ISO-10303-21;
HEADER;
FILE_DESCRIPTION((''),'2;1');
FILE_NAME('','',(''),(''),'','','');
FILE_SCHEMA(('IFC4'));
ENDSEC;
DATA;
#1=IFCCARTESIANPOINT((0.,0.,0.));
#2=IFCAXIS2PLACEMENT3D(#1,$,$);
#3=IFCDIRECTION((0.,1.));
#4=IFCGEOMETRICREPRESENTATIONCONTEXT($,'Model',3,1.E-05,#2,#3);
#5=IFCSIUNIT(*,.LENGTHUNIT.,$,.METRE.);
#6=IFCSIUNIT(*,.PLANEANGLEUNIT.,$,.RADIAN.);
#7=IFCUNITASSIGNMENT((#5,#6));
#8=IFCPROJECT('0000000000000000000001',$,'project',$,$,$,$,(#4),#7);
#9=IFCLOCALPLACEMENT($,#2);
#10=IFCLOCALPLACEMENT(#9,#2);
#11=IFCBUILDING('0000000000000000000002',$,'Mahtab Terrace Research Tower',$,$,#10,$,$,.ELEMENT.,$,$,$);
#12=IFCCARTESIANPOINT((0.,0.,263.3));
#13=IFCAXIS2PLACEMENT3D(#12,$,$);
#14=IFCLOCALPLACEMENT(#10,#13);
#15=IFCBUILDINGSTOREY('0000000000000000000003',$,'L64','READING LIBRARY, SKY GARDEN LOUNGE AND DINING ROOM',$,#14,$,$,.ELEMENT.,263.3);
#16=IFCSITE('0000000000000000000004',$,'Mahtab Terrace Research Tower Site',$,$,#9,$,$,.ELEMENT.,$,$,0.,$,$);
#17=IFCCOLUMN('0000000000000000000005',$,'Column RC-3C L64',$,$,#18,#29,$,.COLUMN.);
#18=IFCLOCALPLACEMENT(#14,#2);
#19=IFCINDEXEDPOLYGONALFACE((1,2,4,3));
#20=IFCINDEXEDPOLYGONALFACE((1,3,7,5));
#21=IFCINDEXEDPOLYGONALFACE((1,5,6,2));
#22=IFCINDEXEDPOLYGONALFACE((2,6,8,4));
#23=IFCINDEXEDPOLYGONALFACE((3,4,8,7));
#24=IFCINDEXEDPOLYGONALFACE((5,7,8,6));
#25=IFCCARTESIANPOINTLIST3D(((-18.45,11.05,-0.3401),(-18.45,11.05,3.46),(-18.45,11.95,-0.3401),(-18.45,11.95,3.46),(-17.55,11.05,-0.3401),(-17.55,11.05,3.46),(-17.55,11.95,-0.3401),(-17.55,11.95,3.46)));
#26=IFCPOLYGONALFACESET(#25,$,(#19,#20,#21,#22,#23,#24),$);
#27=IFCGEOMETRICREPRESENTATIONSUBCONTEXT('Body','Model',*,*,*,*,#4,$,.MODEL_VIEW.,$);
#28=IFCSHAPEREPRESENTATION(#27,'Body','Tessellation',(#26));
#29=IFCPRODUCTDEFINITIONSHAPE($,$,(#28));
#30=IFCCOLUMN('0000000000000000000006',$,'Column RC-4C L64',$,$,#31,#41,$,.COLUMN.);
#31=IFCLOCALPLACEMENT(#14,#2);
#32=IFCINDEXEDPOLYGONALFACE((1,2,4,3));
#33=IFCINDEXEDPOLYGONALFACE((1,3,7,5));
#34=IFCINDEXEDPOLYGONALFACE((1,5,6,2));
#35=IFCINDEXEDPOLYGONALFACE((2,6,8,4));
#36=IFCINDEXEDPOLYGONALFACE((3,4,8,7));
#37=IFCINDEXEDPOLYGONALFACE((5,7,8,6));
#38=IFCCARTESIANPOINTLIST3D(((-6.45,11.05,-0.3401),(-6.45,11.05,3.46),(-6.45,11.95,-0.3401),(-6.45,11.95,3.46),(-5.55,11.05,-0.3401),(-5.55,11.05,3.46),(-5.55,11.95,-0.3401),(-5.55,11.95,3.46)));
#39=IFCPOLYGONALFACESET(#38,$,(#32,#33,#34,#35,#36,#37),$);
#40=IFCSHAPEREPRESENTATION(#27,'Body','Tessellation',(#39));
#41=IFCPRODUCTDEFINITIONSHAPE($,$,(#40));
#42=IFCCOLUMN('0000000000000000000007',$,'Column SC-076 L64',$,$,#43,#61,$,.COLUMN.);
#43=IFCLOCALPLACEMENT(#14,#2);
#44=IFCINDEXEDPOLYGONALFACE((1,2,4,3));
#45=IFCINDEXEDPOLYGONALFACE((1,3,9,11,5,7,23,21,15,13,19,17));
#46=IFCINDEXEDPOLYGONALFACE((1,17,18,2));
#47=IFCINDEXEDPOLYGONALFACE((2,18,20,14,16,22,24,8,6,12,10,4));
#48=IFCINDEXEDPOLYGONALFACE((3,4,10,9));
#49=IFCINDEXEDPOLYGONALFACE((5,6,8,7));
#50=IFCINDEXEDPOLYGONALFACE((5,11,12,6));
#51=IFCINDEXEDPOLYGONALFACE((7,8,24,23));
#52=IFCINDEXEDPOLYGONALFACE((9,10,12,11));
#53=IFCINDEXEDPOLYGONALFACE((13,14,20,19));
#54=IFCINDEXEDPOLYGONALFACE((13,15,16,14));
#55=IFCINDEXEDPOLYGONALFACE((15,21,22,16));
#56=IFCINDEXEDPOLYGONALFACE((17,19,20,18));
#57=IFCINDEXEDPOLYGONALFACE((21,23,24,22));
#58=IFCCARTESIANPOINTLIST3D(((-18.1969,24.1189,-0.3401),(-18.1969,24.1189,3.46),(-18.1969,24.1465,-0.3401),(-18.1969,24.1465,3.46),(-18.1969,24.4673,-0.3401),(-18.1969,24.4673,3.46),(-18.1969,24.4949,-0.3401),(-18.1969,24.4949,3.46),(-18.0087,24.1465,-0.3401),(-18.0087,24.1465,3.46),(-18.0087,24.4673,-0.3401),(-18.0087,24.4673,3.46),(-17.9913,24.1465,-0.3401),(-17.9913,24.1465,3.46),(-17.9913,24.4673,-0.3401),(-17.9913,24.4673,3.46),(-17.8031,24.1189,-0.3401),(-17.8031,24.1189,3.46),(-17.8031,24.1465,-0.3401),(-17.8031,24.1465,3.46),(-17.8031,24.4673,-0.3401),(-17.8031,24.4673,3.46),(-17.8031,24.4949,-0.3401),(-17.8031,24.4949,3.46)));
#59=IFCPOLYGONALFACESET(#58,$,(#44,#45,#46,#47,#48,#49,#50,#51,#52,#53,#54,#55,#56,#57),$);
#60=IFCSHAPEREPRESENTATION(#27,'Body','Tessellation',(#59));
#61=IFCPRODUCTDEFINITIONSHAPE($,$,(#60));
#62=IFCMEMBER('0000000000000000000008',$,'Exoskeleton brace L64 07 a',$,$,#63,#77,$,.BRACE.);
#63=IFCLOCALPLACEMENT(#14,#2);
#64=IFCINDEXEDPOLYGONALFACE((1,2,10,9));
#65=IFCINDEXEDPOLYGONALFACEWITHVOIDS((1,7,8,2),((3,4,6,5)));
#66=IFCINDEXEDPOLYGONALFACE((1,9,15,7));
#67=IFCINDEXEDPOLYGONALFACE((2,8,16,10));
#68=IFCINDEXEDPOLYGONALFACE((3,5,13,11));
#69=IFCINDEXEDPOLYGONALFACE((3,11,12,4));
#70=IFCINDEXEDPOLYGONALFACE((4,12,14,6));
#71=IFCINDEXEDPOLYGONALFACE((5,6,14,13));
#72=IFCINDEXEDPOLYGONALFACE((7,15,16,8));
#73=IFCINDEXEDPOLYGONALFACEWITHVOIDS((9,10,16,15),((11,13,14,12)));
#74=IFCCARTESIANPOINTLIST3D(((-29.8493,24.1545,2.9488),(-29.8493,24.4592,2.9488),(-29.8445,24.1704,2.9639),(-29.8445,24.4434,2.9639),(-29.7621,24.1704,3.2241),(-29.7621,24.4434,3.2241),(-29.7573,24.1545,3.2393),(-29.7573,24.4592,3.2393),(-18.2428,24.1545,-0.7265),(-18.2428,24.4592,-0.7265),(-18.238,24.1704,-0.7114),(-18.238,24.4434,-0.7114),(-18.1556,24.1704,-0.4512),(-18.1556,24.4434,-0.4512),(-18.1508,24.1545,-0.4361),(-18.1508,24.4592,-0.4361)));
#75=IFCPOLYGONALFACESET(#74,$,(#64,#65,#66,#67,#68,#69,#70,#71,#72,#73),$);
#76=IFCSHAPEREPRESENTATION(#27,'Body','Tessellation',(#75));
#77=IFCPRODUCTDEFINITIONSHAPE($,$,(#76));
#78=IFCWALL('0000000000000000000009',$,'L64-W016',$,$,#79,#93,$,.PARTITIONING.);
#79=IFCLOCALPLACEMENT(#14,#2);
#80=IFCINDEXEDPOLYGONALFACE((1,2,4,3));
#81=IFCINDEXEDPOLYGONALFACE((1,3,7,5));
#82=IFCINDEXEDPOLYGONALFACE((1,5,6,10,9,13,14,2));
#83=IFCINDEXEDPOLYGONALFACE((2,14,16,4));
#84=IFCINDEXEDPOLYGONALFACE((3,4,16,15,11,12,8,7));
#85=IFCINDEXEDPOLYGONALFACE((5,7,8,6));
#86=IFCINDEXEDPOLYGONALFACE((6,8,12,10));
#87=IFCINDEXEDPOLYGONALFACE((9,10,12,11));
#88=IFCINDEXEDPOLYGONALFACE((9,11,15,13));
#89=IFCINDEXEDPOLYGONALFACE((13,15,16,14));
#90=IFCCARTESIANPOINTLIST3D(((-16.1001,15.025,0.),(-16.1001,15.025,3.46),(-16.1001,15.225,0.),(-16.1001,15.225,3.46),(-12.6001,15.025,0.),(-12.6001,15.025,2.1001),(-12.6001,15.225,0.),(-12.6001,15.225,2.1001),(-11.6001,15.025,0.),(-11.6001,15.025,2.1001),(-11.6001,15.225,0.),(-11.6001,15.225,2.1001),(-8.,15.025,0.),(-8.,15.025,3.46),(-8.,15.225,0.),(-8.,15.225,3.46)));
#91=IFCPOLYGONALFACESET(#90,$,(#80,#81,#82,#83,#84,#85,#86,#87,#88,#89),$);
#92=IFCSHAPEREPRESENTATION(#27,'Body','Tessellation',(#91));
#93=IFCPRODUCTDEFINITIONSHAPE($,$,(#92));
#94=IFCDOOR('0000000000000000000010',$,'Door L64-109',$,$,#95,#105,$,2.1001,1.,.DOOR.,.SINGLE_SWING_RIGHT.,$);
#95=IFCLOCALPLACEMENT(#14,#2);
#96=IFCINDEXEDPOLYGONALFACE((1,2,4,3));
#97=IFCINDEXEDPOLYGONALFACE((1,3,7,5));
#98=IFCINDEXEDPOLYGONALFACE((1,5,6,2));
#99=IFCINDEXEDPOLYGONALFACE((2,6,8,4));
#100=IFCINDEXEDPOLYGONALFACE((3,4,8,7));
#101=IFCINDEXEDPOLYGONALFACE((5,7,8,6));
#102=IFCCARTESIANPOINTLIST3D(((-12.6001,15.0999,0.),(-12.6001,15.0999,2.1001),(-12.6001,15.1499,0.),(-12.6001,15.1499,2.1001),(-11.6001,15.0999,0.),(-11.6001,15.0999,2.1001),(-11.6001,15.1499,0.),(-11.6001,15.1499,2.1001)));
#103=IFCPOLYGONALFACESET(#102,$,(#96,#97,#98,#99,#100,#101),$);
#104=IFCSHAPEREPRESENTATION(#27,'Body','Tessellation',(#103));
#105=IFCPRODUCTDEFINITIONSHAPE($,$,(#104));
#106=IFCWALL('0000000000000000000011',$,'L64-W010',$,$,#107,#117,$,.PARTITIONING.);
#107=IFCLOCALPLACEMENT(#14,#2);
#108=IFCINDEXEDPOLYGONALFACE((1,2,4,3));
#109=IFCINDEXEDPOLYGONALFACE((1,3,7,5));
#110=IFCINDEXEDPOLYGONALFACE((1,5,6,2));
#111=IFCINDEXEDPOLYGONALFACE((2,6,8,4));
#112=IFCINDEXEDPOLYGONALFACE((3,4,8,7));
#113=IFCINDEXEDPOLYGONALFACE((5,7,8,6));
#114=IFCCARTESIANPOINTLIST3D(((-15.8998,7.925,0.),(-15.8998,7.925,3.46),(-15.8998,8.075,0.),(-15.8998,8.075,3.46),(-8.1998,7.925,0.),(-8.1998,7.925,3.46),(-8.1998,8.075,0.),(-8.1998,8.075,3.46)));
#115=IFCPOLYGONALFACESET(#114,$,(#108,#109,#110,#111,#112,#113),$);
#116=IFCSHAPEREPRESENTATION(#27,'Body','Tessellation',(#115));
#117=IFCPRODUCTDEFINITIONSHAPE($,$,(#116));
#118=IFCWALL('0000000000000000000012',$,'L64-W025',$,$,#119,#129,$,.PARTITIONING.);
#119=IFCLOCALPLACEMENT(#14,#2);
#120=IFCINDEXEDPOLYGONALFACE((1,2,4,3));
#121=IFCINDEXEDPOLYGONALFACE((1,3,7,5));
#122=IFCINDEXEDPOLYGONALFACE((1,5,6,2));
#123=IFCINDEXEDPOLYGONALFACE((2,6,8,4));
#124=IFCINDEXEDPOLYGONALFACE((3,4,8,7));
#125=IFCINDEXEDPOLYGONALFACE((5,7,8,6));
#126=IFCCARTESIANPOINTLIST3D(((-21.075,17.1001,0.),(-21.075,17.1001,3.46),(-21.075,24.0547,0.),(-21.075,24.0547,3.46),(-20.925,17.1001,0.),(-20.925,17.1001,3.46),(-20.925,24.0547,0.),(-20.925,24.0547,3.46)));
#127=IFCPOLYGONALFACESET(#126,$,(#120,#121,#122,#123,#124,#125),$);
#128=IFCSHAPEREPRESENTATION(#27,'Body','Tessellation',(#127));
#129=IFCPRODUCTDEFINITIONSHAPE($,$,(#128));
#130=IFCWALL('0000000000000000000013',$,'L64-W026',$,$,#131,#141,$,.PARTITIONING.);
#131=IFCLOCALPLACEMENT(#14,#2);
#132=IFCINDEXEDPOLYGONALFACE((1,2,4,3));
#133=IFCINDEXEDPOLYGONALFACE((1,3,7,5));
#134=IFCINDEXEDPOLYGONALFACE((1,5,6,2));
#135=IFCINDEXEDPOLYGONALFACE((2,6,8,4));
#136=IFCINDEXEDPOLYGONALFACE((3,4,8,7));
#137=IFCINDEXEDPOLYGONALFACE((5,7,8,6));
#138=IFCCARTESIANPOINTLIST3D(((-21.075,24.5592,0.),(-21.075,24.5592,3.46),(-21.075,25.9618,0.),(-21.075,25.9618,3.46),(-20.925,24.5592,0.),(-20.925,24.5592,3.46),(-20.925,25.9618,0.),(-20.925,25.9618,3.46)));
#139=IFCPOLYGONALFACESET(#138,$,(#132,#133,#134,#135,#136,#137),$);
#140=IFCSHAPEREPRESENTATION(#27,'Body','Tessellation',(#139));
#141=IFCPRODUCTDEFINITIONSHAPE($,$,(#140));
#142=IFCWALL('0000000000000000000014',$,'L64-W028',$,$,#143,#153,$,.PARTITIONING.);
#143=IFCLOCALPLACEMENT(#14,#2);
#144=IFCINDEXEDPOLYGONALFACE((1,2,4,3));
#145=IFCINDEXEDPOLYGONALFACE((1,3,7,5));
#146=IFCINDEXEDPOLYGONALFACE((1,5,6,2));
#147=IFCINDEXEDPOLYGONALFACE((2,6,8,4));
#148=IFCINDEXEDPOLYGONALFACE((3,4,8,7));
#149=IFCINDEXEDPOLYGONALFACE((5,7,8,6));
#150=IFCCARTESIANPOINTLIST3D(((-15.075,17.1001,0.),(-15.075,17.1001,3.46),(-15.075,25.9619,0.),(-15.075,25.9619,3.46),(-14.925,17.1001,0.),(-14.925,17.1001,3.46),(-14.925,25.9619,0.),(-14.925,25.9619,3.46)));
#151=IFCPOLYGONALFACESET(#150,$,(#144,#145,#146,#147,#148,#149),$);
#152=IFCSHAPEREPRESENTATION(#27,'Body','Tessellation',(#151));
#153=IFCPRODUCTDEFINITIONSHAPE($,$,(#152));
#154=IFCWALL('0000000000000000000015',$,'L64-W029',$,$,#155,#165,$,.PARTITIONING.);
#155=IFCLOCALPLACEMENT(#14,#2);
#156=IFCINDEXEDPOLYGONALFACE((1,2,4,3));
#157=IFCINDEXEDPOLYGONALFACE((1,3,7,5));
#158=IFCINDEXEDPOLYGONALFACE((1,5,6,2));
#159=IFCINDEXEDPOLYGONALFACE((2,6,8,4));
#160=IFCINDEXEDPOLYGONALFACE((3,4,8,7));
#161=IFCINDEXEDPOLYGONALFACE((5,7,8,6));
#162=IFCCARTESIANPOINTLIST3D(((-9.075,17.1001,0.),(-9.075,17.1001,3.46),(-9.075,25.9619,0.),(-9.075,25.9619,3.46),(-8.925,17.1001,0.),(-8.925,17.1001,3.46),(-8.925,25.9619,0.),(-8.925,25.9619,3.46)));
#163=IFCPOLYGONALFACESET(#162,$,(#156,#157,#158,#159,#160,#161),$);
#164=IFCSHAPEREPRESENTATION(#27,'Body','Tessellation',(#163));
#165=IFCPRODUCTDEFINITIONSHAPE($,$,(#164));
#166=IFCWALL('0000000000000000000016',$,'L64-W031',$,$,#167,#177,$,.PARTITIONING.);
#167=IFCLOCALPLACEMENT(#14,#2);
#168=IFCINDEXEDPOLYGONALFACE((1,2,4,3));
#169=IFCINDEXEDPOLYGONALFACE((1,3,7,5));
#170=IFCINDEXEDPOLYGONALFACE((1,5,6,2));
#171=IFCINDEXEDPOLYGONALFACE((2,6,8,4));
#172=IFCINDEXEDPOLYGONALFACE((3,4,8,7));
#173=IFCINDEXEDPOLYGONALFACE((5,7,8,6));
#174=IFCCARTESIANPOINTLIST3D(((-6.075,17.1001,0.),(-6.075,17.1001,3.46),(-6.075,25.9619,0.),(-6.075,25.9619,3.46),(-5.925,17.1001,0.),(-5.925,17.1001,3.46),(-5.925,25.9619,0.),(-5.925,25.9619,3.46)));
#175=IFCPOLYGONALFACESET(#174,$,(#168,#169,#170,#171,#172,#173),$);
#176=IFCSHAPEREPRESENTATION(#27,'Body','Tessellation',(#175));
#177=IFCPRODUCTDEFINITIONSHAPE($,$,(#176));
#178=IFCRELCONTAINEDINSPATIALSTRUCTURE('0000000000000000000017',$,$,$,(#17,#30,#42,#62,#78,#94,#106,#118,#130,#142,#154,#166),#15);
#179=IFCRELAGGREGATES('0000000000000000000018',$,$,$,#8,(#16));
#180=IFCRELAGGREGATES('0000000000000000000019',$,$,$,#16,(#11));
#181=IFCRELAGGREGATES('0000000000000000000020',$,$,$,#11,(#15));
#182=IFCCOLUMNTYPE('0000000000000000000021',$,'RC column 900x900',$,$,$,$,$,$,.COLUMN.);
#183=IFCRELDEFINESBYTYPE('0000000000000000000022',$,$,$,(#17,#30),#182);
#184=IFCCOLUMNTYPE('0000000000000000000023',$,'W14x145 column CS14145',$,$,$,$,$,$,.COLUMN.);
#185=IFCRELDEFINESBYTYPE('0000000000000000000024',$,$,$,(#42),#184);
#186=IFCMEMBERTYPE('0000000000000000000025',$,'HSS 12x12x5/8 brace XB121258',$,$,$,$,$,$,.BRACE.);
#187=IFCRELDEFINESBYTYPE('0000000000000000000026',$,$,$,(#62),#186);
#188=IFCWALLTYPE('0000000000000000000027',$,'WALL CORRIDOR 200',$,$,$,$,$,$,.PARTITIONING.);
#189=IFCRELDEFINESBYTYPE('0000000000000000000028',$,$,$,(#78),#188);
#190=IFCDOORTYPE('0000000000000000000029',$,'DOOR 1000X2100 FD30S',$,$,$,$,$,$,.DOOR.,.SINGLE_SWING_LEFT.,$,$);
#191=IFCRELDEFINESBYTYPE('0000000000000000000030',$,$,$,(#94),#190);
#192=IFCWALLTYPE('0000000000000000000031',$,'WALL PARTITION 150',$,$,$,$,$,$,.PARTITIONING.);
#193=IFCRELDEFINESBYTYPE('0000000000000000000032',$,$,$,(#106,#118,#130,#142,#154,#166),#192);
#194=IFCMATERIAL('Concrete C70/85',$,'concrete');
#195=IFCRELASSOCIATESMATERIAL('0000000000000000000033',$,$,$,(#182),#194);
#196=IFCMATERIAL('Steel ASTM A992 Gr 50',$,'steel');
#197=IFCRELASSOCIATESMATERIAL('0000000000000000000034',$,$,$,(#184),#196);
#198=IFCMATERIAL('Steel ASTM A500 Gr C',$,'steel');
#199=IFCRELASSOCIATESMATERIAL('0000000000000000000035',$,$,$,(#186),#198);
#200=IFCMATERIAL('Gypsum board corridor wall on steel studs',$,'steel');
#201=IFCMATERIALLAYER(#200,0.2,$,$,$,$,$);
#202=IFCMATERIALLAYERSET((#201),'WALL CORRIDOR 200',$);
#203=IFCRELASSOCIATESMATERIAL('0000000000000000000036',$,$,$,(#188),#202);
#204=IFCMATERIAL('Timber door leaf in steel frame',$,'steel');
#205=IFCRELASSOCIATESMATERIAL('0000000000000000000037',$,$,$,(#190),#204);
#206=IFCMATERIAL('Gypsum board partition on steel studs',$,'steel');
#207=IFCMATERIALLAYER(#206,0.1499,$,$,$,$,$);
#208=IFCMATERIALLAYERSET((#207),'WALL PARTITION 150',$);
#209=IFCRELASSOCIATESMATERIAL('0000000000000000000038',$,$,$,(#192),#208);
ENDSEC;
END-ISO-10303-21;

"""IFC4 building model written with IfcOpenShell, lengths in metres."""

from ifc_helpers import new_model, si_unit, direction, frame, frame_2d, origin, origin_2d, place, context, subcontext, project, spatial, rectangle, hollow_rectangle, i_section, extrude, material, layer, layer_set, material_profile, profile_set, type_object, element, fill, save


model = new_model("IFC4")

# Units and contexts
model_context = context("Model", 3, precision=1e-05, world=origin(), true_north=direction((0.0, 1.0)))
body_context = subcontext(model_context, "Body", "Model", "MODEL_VIEW")
ifc_project = project(units=[si_unit("LENGTHUNIT", "METRE"), si_unit("PLANEANGLEUNIT", "RADIAN")], contexts=[model_context])

# Site, building, storey
site_placement = place(None, origin())
site = spatial("IfcSite", under=ifc_project, at=site_placement, Name="Mahtab Terrace Research Tower Site", CompositionType="ELEMENT", RefElevation=0.0)
building_placement = place(site_placement, origin())
building = spatial("IfcBuilding", under=site, at=building_placement, Name="Mahtab Terrace Research Tower", CompositionType="ELEMENT")
storey_placement = place(building_placement, frame((0.0, 0.0, 263.3)))
storey = spatial("IfcBuildingStorey", under=building, at=storey_placement, Name="L64", Description="READING LIBRARY, SKY GARDEN LOUNGE AND DINING ROOM", CompositionType="ELEMENT", Elevation=263.3)

# Columns
ifc_material_1 = material(Name="Concrete C70/85", Category="concrete")
ifc_material_profile_1 = material_profile(ifc_material_1, rectangle(XDim=0.8999, YDim=0.8999, at=origin_2d()), Name="RC column 900x900")
ifc_profile_set_1 = profile_set([ifc_material_profile_1], Name="Concrete C70/85")
column_type_1 = type_object("IfcColumnType", Name="RC column 900x900", PredefinedType="COLUMN", material=ifc_profile_set_1)
for number, where, z_axis, x_axis, name in (
    (1, (-18.0, 11.5, -0.3401), (0.0, 0.0, 1.0), (1.0, 0.0, 0.0), "Column RC-3C L64"),
    (2, (-6.0, 11.5, -0.3401), (0.0, 0.0, 1.0), (1.0, 0.0, 0.0), "Column RC-4C L64"),
):
    element("IfcColumn", number, at=place(storey_placement, frame(where, z_axis=z_axis, x_axis=x_axis)), inside=storey, type_object=column_type_1, Name=name, PredefinedType="COLUMN", context=body_context, shape_type="SweptSolid", body=[
        extrude(rectangle(XDim=0.8999, YDim=0.8999, at=origin_2d()), origin(), (0.0, 0.0, 1.0), 3.8),
    ])
ifc_material_2 = material(Name="Steel ASTM A992 Gr 50", Category="steel")
ifc_material_profile_2 = material_profile(ifc_material_2, i_section(OverallWidth=0.3938, OverallDepth=0.376, WebThickness=0.0173, FlangeThickness=0.0276, at=origin_2d()), Name="W14X145")
ifc_profile_set_2 = profile_set([ifc_material_profile_2], Name="Steel ASTM A992 Gr 50")
column_type_2 = type_object("IfcColumnType", Name="W14x145 column CS14145", PredefinedType="COLUMN", material=ifc_profile_set_2)
column_placement = place(storey_placement, frame((-18.0, 24.3069, -0.3401), z_axis=(0.0, 0.0, 1.0), x_axis=(1.0, 0.0, 0.0)))
element("IfcColumn", 3, at=column_placement, inside=storey, type_object=column_type_2, Name="Column SC-076 L64", PredefinedType="COLUMN", context=body_context, shape_type="SweptSolid", body=[
    extrude(i_section(OverallWidth=0.3938, OverallDepth=0.376, WebThickness=0.0173, FlangeThickness=0.0276, at=origin_2d()), origin(), (0.0, 0.0, 1.0), 3.8),
])

# Member
ifc_material_3 = material(Name="Steel ASTM A500 Gr C", Category="steel")
ifc_material_profile_3 = material_profile(ifc_material_3, hollow_rectangle(XDim=0.3047, YDim=0.3047, WallThickness=0.0159, at=origin_2d()), Name="HSS12X12X5/8")
ifc_profile_set_3 = profile_set([ifc_material_profile_3], Name="Steel ASTM A500 Gr C")
member_type = type_object("IfcMemberType", Name="HSS 12x12x5/8 brace XB121258", PredefinedType="BRACE", material=ifc_profile_set_3)
member_placement = place(storey_placement, frame((-18.1968, 24.3069, -0.5813), z_axis=(-0.953344, 0.0, 0.301886), x_axis=(0.0, -1.0, 0.0)))
element("IfcMember", 4, at=member_placement, inside=storey, type_object=member_type, Name="Exoskeleton brace L64 07 a", PredefinedType="BRACE", context=body_context, shape_type="SweptSolid", body=[
    extrude(hollow_rectangle(XDim=0.3047, YDim=0.3047, WallThickness=0.0159, at=origin_2d()), origin(), (0.0, 0.0, 1.0), 12.1746),
])

# Wall, opening, door
ifc_material_4 = material(Name="Gypsum board corridor wall on steel studs", Category="steel")
ifc_layer_1 = layer(ifc_material_4, 0.2)
ifc_layer_set_1 = layer_set([ifc_layer_1], Name="WALL CORRIDOR 200")
wall_type_1 = type_object("IfcWallType", Name="WALL CORRIDOR 200", PredefinedType="PARTITIONING", material=ifc_layer_set_1)
wall_1_placement = place(storey_placement, frame((-16.1001, 15.125, 0.0), z_axis=(0.0, 0.0, 1.0), x_axis=(1.0, 0.0, 0.0)))
wall_1 = element("IfcWall", 5, at=wall_1_placement, inside=storey, type_object=wall_type_1, Name="L64-W016", PredefinedType="PARTITIONING", context=body_context, shape_type="SweptSolid", body=[
    extrude(rectangle(XDim=8.1001, YDim=0.2, at=frame_2d((4.05, 0.0))), origin(), (0.0, 0.0, 1.0), 3.46),
])
opening_placement = place(wall_1_placement, frame((3.5, 0.0, 0.0)))
opening = element("IfcOpeningElement", 6, at=opening_placement, cuts=wall_1, PredefinedType="OPENING", context=body_context, shape_type="SweptSolid", body=[
    extrude(rectangle(XDim=1.0, YDim=2.1001, at=frame_2d((0.5, 1.05))), frame((0.0, 0.1099, 0.0), z_axis=(0.0, -1.0, 0.0), x_axis=(1.0, 0.0, 0.0)), (0.0, 0.0, 1.0), 0.22),
])
ifc_material_5 = material(Name="Timber door leaf in steel frame", Category="steel")
door_type = type_object("IfcDoorType", Name="DOOR 1000X2100 FD30S", OperationType="SINGLE_SWING_LEFT", PredefinedType="DOOR", material=ifc_material_5)
door_placement = place(opening_placement, origin())
door = element("IfcDoor", 7, at=door_placement, inside=storey, type_object=door_type, Name="Door L64-109", OperationType="SINGLE_SWING_RIGHT", OverallHeight=2.1001, OverallWidth=1.0, PredefinedType="DOOR", context=body_context, shape_type="SweptSolid", body=[
    extrude(rectangle(XDim=1.0, YDim=2.1001, at=frame_2d((0.5, 1.05))), frame((0.0, 0.0249, 0.0), z_axis=(0.0, -1.0, 0.0), x_axis=(1.0, 0.0, 0.0)), (0.0, 0.0, 1.0), 0.05),
])
fill(opening, door)

# Walls
ifc_material_6 = material(Name="Gypsum board partition on steel studs", Category="steel")
ifc_layer_2 = layer(ifc_material_6, 0.1499)
ifc_layer_set_2 = layer_set([ifc_layer_2], Name="WALL PARTITION 150")
wall_type_2 = type_object("IfcWallType", Name="WALL PARTITION 150", PredefinedType="PARTITIONING", material=ifc_layer_set_2)
wall_2_placement = place(storey_placement, frame((-15.8999, 8.0, 0.0), z_axis=(0.0, 0.0, 1.0), x_axis=(1.0, 0.0, 0.0)))
element("IfcWall", 8, at=wall_2_placement, inside=storey, type_object=wall_type_2, Name="L64-W010", PredefinedType="PARTITIONING", context=body_context, shape_type="SweptSolid", body=[
    extrude(rectangle(XDim=7.7, YDim=0.1499, at=frame_2d((3.8501, 0.0))), origin(), (0.0, 0.0, 1.0), 3.46),
])
wall_3_placement = place(storey_placement, frame((-21.0, 17.1001, 0.0), z_axis=(0.0, 0.0, 1.0), x_axis=(0.0, 1.0, 0.0)))
element("IfcWall", 9, at=wall_3_placement, inside=storey, type_object=wall_type_2, Name="L64-W025", PredefinedType="PARTITIONING", context=body_context, shape_type="SweptSolid", body=[
    extrude(rectangle(XDim=6.9546, YDim=0.1499, at=frame_2d((3.4773, 0.0))), origin(), (0.0, 0.0, 1.0), 3.46),
])
wall_4_placement = place(storey_placement, frame((-21.0, 24.5593, 0.0), z_axis=(0.0, 0.0, 1.0), x_axis=(0.0, 1.0, 0.0)))
element("IfcWall", 10, at=wall_4_placement, inside=storey, type_object=wall_type_2, Name="L64-W026", PredefinedType="PARTITIONING", context=body_context, shape_type="SweptSolid", body=[
    extrude(rectangle(XDim=1.4026, YDim=0.1499, at=frame_2d((0.7012, 0.0))), origin(), (0.0, 0.0, 1.0), 3.46),
])
for number, where, z_axis, x_axis, name in (
    (11, (-15.0, 17.1001, 0.0), (0.0, 0.0, 1.0), (0.0, 1.0, 0.0), "L64-W028"),
    (12, (-9.0, 17.1001, 0.0), (0.0, 0.0, 1.0), (0.0, 1.0, 0.0), "L64-W029"),
    (13, (-6.0, 17.1001, 0.0), (0.0, 0.0, 1.0), (0.0, 1.0, 0.0), "L64-W031"),
):
    element("IfcWall", number, at=place(storey_placement, frame(where, z_axis=z_axis, x_axis=x_axis)), inside=storey, type_object=wall_type_2, Name=name, PredefinedType="PARTITIONING", context=body_context, shape_type="SweptSolid", body=[
        extrude(rectangle(XDim=8.8618, YDim=0.1499, at=frame_2d((4.4309, 0.0))), origin(), (0.0, 0.0, 1.0), 3.46),
    ])

save(model, "model.ifc")
